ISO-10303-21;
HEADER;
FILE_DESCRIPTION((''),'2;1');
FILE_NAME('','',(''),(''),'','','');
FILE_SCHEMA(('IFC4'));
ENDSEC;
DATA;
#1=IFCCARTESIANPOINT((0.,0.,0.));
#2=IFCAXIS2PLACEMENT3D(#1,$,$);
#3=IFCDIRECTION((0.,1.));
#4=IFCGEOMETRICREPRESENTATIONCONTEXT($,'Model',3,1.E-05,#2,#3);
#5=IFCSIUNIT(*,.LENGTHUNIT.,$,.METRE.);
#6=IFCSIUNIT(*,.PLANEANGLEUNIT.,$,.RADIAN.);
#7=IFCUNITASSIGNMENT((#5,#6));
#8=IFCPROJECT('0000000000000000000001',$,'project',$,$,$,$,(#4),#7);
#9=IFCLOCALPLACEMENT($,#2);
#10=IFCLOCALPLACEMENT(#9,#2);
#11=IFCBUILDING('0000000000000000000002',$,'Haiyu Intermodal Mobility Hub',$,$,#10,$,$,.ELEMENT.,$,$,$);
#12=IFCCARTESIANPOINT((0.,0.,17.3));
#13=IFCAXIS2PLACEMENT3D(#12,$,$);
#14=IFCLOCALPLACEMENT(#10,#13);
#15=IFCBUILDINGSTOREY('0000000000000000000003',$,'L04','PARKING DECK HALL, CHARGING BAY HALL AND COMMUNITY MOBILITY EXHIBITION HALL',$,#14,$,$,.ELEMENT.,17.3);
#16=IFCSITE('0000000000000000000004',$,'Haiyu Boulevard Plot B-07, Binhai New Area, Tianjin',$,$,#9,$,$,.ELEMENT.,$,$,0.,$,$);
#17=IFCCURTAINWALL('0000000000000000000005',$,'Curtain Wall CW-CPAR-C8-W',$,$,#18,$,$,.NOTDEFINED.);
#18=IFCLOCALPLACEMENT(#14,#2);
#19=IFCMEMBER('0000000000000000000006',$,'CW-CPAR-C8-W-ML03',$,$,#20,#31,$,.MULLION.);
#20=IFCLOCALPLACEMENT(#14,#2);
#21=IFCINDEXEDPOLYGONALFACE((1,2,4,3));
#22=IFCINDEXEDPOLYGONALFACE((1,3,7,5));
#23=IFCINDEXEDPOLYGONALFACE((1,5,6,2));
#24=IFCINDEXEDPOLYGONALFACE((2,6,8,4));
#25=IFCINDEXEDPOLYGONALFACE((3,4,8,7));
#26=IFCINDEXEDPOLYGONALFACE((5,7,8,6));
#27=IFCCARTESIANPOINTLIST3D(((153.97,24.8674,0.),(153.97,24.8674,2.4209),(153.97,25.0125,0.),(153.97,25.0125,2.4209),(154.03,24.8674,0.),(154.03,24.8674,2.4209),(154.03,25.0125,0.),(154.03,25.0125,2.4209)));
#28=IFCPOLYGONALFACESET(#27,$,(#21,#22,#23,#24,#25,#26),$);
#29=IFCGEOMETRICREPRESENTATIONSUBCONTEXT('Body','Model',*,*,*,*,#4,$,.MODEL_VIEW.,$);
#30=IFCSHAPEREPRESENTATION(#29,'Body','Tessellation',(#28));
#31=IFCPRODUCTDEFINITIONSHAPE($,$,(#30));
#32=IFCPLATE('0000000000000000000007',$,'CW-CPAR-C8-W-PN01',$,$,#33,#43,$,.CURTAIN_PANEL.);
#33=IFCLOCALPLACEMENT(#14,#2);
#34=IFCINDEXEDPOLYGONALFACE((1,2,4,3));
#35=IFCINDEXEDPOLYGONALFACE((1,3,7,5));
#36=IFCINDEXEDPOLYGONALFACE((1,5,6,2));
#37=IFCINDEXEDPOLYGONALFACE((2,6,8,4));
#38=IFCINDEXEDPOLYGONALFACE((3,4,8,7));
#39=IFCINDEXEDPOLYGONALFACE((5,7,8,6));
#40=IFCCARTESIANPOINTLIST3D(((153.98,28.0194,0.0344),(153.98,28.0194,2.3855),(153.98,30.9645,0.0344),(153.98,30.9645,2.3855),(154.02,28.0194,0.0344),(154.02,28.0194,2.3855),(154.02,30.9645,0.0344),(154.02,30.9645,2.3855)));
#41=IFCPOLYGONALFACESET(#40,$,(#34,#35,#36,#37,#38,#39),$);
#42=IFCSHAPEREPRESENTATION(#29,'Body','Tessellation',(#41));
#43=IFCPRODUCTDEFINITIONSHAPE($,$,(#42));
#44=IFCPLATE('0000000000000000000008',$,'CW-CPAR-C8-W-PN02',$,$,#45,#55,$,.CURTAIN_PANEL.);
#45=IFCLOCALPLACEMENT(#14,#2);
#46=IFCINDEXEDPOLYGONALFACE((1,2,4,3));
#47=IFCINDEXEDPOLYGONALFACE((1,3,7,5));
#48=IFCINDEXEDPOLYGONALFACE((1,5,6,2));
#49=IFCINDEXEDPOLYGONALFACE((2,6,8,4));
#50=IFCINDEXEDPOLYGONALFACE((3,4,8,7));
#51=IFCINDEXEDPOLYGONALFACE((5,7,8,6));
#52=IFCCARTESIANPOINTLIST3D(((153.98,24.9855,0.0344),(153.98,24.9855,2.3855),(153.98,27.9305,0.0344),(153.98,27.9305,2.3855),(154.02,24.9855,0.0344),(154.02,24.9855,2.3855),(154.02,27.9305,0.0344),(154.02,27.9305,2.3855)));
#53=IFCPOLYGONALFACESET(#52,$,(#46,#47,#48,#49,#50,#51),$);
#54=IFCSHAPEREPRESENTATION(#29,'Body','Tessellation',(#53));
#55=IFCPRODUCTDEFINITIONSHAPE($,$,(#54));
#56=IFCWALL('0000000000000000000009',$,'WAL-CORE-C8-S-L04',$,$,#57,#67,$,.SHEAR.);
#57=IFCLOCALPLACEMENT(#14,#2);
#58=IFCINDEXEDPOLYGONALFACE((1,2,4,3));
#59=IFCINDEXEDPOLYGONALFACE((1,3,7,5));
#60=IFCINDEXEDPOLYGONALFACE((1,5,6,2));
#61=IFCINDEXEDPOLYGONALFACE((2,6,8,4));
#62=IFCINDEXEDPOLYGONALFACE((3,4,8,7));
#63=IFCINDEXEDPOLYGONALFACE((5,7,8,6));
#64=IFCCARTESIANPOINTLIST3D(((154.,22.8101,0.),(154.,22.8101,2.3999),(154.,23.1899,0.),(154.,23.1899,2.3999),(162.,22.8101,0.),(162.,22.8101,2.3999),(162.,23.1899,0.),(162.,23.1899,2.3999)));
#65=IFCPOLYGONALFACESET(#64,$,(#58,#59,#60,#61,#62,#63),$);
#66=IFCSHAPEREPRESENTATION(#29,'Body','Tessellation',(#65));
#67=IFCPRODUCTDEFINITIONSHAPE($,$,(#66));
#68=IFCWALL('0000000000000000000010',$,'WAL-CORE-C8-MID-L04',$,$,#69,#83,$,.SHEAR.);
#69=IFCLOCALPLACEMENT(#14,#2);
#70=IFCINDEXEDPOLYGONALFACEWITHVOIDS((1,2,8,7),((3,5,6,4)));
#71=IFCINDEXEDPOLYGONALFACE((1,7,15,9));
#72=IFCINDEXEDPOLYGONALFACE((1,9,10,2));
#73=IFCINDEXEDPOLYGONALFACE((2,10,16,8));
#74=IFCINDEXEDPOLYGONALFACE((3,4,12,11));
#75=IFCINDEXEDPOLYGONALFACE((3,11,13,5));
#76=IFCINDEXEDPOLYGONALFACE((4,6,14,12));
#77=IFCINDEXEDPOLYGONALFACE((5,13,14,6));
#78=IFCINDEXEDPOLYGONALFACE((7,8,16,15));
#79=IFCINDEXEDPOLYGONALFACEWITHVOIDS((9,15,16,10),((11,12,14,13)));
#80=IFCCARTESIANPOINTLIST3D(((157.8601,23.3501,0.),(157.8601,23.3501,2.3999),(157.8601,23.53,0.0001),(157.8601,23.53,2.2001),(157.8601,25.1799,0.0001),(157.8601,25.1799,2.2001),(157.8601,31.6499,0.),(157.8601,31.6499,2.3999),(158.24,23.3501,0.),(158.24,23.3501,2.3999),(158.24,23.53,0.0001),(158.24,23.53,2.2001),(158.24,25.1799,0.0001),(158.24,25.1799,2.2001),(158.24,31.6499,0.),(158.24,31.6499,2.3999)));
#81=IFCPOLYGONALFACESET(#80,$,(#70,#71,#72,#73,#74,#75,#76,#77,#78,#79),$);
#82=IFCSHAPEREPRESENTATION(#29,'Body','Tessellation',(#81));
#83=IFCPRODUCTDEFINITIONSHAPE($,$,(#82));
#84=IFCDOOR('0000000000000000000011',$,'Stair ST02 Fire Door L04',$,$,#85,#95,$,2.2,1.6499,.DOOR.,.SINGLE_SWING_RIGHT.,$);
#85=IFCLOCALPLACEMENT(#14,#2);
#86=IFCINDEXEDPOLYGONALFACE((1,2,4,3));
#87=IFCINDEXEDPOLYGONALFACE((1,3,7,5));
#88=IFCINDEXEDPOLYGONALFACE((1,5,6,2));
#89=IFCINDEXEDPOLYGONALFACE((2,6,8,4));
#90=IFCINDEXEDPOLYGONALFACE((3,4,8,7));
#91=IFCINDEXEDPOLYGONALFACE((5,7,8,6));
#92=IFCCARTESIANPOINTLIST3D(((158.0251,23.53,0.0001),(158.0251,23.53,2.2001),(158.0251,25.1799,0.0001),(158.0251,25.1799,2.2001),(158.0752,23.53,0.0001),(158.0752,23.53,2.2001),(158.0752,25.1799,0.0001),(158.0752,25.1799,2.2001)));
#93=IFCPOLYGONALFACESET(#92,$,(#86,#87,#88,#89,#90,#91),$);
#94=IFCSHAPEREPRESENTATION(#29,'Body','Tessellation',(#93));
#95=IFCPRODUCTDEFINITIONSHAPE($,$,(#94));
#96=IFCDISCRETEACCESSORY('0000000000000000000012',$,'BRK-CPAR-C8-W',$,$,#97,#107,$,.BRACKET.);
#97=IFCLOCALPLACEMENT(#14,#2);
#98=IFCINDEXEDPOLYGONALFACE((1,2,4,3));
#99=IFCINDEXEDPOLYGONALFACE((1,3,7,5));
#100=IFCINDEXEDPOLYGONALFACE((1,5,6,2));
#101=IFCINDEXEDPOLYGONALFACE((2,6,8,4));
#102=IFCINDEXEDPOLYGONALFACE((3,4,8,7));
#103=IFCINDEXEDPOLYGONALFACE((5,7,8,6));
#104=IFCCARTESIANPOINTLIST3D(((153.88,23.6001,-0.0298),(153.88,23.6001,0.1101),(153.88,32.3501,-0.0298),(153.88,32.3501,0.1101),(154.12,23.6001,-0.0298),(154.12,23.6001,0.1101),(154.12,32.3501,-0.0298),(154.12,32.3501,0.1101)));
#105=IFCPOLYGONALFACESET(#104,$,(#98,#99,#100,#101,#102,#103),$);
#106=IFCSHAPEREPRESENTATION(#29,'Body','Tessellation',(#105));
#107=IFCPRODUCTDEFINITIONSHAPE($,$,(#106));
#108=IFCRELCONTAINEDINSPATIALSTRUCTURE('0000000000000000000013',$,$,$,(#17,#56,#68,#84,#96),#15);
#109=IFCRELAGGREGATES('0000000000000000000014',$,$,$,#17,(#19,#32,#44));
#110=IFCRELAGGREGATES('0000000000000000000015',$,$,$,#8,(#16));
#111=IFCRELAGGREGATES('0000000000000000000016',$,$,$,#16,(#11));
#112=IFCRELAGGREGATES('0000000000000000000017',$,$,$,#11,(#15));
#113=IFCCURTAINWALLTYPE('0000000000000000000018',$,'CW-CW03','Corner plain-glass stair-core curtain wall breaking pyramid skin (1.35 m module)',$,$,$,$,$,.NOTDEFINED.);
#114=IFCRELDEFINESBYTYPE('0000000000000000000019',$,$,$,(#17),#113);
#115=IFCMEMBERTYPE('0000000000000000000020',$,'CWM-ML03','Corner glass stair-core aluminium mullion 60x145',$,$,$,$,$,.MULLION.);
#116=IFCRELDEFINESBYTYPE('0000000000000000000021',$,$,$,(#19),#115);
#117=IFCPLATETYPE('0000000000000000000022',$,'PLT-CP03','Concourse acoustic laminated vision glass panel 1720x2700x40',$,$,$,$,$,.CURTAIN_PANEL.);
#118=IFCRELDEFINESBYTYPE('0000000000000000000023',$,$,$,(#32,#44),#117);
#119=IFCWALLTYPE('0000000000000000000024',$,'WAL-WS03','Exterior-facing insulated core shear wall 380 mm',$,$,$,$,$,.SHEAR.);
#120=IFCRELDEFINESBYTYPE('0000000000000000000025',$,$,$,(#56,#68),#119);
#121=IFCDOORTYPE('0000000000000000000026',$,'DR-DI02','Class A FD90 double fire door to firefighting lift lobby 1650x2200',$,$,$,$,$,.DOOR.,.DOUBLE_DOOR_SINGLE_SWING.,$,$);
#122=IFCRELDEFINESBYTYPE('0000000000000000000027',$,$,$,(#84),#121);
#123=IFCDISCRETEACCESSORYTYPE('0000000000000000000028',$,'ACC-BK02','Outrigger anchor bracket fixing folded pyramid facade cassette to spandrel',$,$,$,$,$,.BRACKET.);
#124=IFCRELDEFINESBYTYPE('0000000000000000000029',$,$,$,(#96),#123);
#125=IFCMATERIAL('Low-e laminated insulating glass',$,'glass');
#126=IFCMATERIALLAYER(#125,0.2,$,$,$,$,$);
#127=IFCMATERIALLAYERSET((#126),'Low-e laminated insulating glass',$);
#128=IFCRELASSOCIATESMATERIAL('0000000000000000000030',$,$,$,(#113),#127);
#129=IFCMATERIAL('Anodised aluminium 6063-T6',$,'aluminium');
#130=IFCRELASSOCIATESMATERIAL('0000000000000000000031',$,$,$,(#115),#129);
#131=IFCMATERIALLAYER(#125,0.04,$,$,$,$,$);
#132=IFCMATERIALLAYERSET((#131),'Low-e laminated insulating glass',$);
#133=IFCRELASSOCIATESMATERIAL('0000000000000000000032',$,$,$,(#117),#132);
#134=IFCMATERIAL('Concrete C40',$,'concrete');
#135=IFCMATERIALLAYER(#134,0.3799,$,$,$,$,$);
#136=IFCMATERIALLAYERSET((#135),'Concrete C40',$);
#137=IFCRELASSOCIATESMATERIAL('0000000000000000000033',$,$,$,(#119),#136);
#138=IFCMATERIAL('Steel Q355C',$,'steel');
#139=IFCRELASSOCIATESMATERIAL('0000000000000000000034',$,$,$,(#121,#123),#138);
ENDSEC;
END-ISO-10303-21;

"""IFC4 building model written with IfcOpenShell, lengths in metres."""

from ifc_helpers import new_model, si_unit, direction, frame, frame_2d, origin, origin_2d, place, context, subcontext, project, spatial, rectangle, extrude, material, layer, layer_set, material_profile, profile_set, type_object, element, fill, aggregate, save


model = new_model("IFC4")

# Units and contexts
model_context = context("Model", 3, precision=1e-05, world=origin(), true_north=direction((0.0, 1.0)))
body_context = subcontext(model_context, "Body", "Model", "MODEL_VIEW")
ifc_project = project(units=[si_unit("LENGTHUNIT", "METRE"), si_unit("PLANEANGLEUNIT", "RADIAN")], contexts=[model_context])

# Site, building, storey
site_placement = place(None, origin())
site = spatial("IfcSite", under=ifc_project, at=site_placement, Name="Haiyu Boulevard Plot B-07, Binhai New Area, Tianjin", CompositionType="ELEMENT", RefElevation=0.0)
building_placement = place(site_placement, origin())
building = spatial("IfcBuilding", under=site, at=building_placement, Name="Haiyu Intermodal Mobility Hub", CompositionType="ELEMENT")
storey_placement = place(building_placement, frame((0.0, 0.0, 17.3)))
storey = spatial("IfcBuildingStorey", under=building, at=storey_placement, Name="L04", Description="PARKING DECK HALL, CHARGING BAY HALL AND COMMUNITY MOBILITY EXHIBITION HALL", CompositionType="ELEMENT", Elevation=17.3)

# Shared definitions
ifc_material_1 = material(Name="Concrete C40", Category="concrete")
ifc_material_2 = material(Name="Steel Q355C", Category="steel")

# Shared definitions
ifc_material_3 = material(Name="Low-e laminated insulating glass", Category="glass")
ifc_layer_1 = layer(ifc_material_3, 0.2)
ifc_layer_set_1 = layer_set([ifc_layer_1], Name="Low-e laminated insulating glass")
curtain_wall_type = type_object("IfcCurtainWallType", Name="CW-CW03", Description="Corner plain-glass stair-core curtain wall breaking pyramid skin (1.35 m module)", PredefinedType="NOTDEFINED", material=ifc_layer_set_1)
ifc_material_4 = material(Name="Anodised aluminium 6063-T6", Category="aluminium")
ifc_material_profile_1 = material_profile(ifc_material_4, rectangle(XDim=0.0601, YDim=0.145, at=origin_2d()), Name="ALU60x145")
ifc_profile_set_1 = profile_set([ifc_material_profile_1], Name="Anodised aluminium 6063-T6")
member_type = type_object("IfcMemberType", Name="CWM-ML03", Description="Corner glass stair-core aluminium mullion 60x145", PredefinedType="MULLION", material=ifc_profile_set_1)

# Curtain wall, member, plates
curtain_wall_1_placement = place(storey_placement, origin())
curtain_wall_1 = element("IfcCurtainWall", 1, at=curtain_wall_1_placement, inside=storey, type_object=curtain_wall_type, Name="Curtain Wall CW-CPAR-C8-W", PredefinedType="NOTDEFINED")
member_1_placement = place(storey_placement, frame((154.0, 24.9399, 0.0), z_axis=(0.0, 0.0, 1.0), x_axis=(1.0, 0.0, 0.0)))
member_1 = element("IfcMember", 2, at=member_1_placement, type_object=member_type, Name="CW-CPAR-C8-W-ML03", PredefinedType="MULLION", context=body_context, shape_type="SweptSolid", body=[
    extrude(rectangle(XDim=0.0601, YDim=0.145, at=origin_2d()), origin(), (0.0, 0.0, 1.0), 2.4209),
])
ifc_layer_2 = layer(ifc_material_3, 0.04)
ifc_layer_set_2 = layer_set([ifc_layer_2], Name="Low-e laminated insulating glass")
plate_type = type_object("IfcPlateType", Name="PLT-CP03", Description="Concourse acoustic laminated vision glass panel 1720x2700x40", PredefinedType="CURTAIN_PANEL", material=ifc_layer_set_2)
plate_1_placement = place(storey_placement, frame((154.0, 29.4919, 0.0344), z_axis=(0.0, 0.0, 1.0), x_axis=(0.0, -1.0, 0.0)))
plate_1 = element("IfcPlate", 3, at=plate_1_placement, type_object=plate_type, Name="CW-CPAR-C8-W-PN01", PredefinedType="CURTAIN_PANEL", context=body_context, shape_type="SweptSolid", body=[
    extrude(rectangle(XDim=2.9451, YDim=0.04, at=origin_2d()), origin(), (0.0, 0.0, 1.0), 2.3511),
])
plate_2_placement = place(storey_placement, frame((154.0, 26.458, 0.0344), z_axis=(0.0, 0.0, 1.0), x_axis=(0.0, -1.0, 0.0)))
plate_2 = element("IfcPlate", 4, at=plate_2_placement, type_object=plate_type, Name="CW-CPAR-C8-W-PN02", PredefinedType="CURTAIN_PANEL", context=body_context, shape_type="SweptSolid", body=[
    extrude(rectangle(XDim=2.9451, YDim=0.04, at=origin_2d()), origin(), (0.0, 0.0, 1.0), 2.3511),
])
aggregate(curtain_wall_1, [member_1, plate_1, plate_2])

# Wall
ifc_layer_3 = layer(ifc_material_1, 0.3799)
ifc_layer_set_3 = layer_set([ifc_layer_3], Name="Concrete C40")
wall_type = type_object("IfcWallType", Name="WAL-WS03", Description="Exterior-facing insulated core shear wall 380 mm", PredefinedType="SHEAR", material=ifc_layer_set_3)
wall_1_placement = place(storey_placement, frame((154.0, 23.0, 0.0), z_axis=(0.0, 0.0, 1.0), x_axis=(1.0, 0.0, 0.0)))
element("IfcWall", 5, at=wall_1_placement, inside=storey, type_object=wall_type, Name="WAL-CORE-C8-S-L04", PredefinedType="SHEAR", context=body_context, shape_type="SweptSolid", body=[
    extrude(rectangle(XDim=8.0, YDim=0.3799, at=frame_2d((4.0, 0.0))), origin(), (0.0, 0.0, 1.0), 2.3999),
])

# Wall, opening, door
wall_2_placement = place(storey_placement, frame((158.05, 23.3501, 0.0), z_axis=(0.0, 0.0, 1.0), x_axis=(0.0, 1.0, 0.0)))
wall_2 = element("IfcWall", 6, at=wall_2_placement, inside=storey, type_object=wall_type, Name="WAL-CORE-C8-MID-L04", PredefinedType="SHEAR", context=body_context, shape_type="SweptSolid", body=[
    extrude(rectangle(XDim=8.2998, YDim=0.3799, at=frame_2d((4.1499, 0.0))), origin(), (0.0, 0.0, 1.0), 2.3999),
])
opening_placement = place(wall_2_placement, frame((0.1799, 0.0, 0.0)))
opening = element("IfcOpeningElement", 7, at=opening_placement, cuts=wall_2, PredefinedType="OPENING", context=body_context, shape_type="SweptSolid", body=[
    extrude(rectangle(XDim=1.6499, YDim=2.2, at=frame_2d((0.825, 1.1001))), frame((0.0, 0.2, 0.0), z_axis=(0.0, -1.0, 0.0), x_axis=(1.0, 0.0, 0.0)), (0.0, 0.0, 1.0), 0.3999),
])
door_type = type_object("IfcDoorType", Name="DR-DI02", Description="Class A FD90 double fire door to firefighting lift lobby 1650x2200", OperationType="DOUBLE_DOOR_SINGLE_SWING", PredefinedType="DOOR", material=ifc_material_2)
door_placement = place(opening_placement, origin())
door = element("IfcDoor", 8, at=door_placement, inside=storey, type_object=door_type, Name="Stair ST02 Fire Door L04", OperationType="SINGLE_SWING_RIGHT", OverallHeight=2.2, OverallWidth=1.6499, PredefinedType="DOOR", context=body_context, shape_type="SweptSolid", body=[
    extrude(rectangle(XDim=1.6499, YDim=2.2, at=frame_2d((0.825, 1.1001))), frame((0.0, 0.0249, 0.0), z_axis=(0.0, -1.0, 0.0), x_axis=(1.0, 0.0, 0.0)), (0.0, 0.0, 1.0), 0.05),
])
fill(opening, door)

# Discrete accessory
discrete_accessory_type = type_object("IfcDiscreteAccessoryType", Name="ACC-BK02", Description="Outrigger anchor bracket fixing folded pyramid facade cassette to spandrel", PredefinedType="BRACKET", material=ifc_material_2)
discrete_accessory_placement = place(storey_placement, frame((154.0, 27.9751, -0.0298), z_axis=(0.0, 0.0, 1.0), x_axis=(1.0, 0.0, 0.0)))
element("IfcDiscreteAccessory", 9, at=discrete_accessory_placement, inside=storey, type_object=discrete_accessory_type, Name="BRK-CPAR-C8-W", PredefinedType="BRACKET", context=body_context, shape_type="SweptSolid", body=[
    extrude(rectangle(XDim=0.24, YDim=8.75, at=origin_2d()), origin(), (0.0, 0.0, 1.0), 0.1399),
])

save(model, "model.ifc")
